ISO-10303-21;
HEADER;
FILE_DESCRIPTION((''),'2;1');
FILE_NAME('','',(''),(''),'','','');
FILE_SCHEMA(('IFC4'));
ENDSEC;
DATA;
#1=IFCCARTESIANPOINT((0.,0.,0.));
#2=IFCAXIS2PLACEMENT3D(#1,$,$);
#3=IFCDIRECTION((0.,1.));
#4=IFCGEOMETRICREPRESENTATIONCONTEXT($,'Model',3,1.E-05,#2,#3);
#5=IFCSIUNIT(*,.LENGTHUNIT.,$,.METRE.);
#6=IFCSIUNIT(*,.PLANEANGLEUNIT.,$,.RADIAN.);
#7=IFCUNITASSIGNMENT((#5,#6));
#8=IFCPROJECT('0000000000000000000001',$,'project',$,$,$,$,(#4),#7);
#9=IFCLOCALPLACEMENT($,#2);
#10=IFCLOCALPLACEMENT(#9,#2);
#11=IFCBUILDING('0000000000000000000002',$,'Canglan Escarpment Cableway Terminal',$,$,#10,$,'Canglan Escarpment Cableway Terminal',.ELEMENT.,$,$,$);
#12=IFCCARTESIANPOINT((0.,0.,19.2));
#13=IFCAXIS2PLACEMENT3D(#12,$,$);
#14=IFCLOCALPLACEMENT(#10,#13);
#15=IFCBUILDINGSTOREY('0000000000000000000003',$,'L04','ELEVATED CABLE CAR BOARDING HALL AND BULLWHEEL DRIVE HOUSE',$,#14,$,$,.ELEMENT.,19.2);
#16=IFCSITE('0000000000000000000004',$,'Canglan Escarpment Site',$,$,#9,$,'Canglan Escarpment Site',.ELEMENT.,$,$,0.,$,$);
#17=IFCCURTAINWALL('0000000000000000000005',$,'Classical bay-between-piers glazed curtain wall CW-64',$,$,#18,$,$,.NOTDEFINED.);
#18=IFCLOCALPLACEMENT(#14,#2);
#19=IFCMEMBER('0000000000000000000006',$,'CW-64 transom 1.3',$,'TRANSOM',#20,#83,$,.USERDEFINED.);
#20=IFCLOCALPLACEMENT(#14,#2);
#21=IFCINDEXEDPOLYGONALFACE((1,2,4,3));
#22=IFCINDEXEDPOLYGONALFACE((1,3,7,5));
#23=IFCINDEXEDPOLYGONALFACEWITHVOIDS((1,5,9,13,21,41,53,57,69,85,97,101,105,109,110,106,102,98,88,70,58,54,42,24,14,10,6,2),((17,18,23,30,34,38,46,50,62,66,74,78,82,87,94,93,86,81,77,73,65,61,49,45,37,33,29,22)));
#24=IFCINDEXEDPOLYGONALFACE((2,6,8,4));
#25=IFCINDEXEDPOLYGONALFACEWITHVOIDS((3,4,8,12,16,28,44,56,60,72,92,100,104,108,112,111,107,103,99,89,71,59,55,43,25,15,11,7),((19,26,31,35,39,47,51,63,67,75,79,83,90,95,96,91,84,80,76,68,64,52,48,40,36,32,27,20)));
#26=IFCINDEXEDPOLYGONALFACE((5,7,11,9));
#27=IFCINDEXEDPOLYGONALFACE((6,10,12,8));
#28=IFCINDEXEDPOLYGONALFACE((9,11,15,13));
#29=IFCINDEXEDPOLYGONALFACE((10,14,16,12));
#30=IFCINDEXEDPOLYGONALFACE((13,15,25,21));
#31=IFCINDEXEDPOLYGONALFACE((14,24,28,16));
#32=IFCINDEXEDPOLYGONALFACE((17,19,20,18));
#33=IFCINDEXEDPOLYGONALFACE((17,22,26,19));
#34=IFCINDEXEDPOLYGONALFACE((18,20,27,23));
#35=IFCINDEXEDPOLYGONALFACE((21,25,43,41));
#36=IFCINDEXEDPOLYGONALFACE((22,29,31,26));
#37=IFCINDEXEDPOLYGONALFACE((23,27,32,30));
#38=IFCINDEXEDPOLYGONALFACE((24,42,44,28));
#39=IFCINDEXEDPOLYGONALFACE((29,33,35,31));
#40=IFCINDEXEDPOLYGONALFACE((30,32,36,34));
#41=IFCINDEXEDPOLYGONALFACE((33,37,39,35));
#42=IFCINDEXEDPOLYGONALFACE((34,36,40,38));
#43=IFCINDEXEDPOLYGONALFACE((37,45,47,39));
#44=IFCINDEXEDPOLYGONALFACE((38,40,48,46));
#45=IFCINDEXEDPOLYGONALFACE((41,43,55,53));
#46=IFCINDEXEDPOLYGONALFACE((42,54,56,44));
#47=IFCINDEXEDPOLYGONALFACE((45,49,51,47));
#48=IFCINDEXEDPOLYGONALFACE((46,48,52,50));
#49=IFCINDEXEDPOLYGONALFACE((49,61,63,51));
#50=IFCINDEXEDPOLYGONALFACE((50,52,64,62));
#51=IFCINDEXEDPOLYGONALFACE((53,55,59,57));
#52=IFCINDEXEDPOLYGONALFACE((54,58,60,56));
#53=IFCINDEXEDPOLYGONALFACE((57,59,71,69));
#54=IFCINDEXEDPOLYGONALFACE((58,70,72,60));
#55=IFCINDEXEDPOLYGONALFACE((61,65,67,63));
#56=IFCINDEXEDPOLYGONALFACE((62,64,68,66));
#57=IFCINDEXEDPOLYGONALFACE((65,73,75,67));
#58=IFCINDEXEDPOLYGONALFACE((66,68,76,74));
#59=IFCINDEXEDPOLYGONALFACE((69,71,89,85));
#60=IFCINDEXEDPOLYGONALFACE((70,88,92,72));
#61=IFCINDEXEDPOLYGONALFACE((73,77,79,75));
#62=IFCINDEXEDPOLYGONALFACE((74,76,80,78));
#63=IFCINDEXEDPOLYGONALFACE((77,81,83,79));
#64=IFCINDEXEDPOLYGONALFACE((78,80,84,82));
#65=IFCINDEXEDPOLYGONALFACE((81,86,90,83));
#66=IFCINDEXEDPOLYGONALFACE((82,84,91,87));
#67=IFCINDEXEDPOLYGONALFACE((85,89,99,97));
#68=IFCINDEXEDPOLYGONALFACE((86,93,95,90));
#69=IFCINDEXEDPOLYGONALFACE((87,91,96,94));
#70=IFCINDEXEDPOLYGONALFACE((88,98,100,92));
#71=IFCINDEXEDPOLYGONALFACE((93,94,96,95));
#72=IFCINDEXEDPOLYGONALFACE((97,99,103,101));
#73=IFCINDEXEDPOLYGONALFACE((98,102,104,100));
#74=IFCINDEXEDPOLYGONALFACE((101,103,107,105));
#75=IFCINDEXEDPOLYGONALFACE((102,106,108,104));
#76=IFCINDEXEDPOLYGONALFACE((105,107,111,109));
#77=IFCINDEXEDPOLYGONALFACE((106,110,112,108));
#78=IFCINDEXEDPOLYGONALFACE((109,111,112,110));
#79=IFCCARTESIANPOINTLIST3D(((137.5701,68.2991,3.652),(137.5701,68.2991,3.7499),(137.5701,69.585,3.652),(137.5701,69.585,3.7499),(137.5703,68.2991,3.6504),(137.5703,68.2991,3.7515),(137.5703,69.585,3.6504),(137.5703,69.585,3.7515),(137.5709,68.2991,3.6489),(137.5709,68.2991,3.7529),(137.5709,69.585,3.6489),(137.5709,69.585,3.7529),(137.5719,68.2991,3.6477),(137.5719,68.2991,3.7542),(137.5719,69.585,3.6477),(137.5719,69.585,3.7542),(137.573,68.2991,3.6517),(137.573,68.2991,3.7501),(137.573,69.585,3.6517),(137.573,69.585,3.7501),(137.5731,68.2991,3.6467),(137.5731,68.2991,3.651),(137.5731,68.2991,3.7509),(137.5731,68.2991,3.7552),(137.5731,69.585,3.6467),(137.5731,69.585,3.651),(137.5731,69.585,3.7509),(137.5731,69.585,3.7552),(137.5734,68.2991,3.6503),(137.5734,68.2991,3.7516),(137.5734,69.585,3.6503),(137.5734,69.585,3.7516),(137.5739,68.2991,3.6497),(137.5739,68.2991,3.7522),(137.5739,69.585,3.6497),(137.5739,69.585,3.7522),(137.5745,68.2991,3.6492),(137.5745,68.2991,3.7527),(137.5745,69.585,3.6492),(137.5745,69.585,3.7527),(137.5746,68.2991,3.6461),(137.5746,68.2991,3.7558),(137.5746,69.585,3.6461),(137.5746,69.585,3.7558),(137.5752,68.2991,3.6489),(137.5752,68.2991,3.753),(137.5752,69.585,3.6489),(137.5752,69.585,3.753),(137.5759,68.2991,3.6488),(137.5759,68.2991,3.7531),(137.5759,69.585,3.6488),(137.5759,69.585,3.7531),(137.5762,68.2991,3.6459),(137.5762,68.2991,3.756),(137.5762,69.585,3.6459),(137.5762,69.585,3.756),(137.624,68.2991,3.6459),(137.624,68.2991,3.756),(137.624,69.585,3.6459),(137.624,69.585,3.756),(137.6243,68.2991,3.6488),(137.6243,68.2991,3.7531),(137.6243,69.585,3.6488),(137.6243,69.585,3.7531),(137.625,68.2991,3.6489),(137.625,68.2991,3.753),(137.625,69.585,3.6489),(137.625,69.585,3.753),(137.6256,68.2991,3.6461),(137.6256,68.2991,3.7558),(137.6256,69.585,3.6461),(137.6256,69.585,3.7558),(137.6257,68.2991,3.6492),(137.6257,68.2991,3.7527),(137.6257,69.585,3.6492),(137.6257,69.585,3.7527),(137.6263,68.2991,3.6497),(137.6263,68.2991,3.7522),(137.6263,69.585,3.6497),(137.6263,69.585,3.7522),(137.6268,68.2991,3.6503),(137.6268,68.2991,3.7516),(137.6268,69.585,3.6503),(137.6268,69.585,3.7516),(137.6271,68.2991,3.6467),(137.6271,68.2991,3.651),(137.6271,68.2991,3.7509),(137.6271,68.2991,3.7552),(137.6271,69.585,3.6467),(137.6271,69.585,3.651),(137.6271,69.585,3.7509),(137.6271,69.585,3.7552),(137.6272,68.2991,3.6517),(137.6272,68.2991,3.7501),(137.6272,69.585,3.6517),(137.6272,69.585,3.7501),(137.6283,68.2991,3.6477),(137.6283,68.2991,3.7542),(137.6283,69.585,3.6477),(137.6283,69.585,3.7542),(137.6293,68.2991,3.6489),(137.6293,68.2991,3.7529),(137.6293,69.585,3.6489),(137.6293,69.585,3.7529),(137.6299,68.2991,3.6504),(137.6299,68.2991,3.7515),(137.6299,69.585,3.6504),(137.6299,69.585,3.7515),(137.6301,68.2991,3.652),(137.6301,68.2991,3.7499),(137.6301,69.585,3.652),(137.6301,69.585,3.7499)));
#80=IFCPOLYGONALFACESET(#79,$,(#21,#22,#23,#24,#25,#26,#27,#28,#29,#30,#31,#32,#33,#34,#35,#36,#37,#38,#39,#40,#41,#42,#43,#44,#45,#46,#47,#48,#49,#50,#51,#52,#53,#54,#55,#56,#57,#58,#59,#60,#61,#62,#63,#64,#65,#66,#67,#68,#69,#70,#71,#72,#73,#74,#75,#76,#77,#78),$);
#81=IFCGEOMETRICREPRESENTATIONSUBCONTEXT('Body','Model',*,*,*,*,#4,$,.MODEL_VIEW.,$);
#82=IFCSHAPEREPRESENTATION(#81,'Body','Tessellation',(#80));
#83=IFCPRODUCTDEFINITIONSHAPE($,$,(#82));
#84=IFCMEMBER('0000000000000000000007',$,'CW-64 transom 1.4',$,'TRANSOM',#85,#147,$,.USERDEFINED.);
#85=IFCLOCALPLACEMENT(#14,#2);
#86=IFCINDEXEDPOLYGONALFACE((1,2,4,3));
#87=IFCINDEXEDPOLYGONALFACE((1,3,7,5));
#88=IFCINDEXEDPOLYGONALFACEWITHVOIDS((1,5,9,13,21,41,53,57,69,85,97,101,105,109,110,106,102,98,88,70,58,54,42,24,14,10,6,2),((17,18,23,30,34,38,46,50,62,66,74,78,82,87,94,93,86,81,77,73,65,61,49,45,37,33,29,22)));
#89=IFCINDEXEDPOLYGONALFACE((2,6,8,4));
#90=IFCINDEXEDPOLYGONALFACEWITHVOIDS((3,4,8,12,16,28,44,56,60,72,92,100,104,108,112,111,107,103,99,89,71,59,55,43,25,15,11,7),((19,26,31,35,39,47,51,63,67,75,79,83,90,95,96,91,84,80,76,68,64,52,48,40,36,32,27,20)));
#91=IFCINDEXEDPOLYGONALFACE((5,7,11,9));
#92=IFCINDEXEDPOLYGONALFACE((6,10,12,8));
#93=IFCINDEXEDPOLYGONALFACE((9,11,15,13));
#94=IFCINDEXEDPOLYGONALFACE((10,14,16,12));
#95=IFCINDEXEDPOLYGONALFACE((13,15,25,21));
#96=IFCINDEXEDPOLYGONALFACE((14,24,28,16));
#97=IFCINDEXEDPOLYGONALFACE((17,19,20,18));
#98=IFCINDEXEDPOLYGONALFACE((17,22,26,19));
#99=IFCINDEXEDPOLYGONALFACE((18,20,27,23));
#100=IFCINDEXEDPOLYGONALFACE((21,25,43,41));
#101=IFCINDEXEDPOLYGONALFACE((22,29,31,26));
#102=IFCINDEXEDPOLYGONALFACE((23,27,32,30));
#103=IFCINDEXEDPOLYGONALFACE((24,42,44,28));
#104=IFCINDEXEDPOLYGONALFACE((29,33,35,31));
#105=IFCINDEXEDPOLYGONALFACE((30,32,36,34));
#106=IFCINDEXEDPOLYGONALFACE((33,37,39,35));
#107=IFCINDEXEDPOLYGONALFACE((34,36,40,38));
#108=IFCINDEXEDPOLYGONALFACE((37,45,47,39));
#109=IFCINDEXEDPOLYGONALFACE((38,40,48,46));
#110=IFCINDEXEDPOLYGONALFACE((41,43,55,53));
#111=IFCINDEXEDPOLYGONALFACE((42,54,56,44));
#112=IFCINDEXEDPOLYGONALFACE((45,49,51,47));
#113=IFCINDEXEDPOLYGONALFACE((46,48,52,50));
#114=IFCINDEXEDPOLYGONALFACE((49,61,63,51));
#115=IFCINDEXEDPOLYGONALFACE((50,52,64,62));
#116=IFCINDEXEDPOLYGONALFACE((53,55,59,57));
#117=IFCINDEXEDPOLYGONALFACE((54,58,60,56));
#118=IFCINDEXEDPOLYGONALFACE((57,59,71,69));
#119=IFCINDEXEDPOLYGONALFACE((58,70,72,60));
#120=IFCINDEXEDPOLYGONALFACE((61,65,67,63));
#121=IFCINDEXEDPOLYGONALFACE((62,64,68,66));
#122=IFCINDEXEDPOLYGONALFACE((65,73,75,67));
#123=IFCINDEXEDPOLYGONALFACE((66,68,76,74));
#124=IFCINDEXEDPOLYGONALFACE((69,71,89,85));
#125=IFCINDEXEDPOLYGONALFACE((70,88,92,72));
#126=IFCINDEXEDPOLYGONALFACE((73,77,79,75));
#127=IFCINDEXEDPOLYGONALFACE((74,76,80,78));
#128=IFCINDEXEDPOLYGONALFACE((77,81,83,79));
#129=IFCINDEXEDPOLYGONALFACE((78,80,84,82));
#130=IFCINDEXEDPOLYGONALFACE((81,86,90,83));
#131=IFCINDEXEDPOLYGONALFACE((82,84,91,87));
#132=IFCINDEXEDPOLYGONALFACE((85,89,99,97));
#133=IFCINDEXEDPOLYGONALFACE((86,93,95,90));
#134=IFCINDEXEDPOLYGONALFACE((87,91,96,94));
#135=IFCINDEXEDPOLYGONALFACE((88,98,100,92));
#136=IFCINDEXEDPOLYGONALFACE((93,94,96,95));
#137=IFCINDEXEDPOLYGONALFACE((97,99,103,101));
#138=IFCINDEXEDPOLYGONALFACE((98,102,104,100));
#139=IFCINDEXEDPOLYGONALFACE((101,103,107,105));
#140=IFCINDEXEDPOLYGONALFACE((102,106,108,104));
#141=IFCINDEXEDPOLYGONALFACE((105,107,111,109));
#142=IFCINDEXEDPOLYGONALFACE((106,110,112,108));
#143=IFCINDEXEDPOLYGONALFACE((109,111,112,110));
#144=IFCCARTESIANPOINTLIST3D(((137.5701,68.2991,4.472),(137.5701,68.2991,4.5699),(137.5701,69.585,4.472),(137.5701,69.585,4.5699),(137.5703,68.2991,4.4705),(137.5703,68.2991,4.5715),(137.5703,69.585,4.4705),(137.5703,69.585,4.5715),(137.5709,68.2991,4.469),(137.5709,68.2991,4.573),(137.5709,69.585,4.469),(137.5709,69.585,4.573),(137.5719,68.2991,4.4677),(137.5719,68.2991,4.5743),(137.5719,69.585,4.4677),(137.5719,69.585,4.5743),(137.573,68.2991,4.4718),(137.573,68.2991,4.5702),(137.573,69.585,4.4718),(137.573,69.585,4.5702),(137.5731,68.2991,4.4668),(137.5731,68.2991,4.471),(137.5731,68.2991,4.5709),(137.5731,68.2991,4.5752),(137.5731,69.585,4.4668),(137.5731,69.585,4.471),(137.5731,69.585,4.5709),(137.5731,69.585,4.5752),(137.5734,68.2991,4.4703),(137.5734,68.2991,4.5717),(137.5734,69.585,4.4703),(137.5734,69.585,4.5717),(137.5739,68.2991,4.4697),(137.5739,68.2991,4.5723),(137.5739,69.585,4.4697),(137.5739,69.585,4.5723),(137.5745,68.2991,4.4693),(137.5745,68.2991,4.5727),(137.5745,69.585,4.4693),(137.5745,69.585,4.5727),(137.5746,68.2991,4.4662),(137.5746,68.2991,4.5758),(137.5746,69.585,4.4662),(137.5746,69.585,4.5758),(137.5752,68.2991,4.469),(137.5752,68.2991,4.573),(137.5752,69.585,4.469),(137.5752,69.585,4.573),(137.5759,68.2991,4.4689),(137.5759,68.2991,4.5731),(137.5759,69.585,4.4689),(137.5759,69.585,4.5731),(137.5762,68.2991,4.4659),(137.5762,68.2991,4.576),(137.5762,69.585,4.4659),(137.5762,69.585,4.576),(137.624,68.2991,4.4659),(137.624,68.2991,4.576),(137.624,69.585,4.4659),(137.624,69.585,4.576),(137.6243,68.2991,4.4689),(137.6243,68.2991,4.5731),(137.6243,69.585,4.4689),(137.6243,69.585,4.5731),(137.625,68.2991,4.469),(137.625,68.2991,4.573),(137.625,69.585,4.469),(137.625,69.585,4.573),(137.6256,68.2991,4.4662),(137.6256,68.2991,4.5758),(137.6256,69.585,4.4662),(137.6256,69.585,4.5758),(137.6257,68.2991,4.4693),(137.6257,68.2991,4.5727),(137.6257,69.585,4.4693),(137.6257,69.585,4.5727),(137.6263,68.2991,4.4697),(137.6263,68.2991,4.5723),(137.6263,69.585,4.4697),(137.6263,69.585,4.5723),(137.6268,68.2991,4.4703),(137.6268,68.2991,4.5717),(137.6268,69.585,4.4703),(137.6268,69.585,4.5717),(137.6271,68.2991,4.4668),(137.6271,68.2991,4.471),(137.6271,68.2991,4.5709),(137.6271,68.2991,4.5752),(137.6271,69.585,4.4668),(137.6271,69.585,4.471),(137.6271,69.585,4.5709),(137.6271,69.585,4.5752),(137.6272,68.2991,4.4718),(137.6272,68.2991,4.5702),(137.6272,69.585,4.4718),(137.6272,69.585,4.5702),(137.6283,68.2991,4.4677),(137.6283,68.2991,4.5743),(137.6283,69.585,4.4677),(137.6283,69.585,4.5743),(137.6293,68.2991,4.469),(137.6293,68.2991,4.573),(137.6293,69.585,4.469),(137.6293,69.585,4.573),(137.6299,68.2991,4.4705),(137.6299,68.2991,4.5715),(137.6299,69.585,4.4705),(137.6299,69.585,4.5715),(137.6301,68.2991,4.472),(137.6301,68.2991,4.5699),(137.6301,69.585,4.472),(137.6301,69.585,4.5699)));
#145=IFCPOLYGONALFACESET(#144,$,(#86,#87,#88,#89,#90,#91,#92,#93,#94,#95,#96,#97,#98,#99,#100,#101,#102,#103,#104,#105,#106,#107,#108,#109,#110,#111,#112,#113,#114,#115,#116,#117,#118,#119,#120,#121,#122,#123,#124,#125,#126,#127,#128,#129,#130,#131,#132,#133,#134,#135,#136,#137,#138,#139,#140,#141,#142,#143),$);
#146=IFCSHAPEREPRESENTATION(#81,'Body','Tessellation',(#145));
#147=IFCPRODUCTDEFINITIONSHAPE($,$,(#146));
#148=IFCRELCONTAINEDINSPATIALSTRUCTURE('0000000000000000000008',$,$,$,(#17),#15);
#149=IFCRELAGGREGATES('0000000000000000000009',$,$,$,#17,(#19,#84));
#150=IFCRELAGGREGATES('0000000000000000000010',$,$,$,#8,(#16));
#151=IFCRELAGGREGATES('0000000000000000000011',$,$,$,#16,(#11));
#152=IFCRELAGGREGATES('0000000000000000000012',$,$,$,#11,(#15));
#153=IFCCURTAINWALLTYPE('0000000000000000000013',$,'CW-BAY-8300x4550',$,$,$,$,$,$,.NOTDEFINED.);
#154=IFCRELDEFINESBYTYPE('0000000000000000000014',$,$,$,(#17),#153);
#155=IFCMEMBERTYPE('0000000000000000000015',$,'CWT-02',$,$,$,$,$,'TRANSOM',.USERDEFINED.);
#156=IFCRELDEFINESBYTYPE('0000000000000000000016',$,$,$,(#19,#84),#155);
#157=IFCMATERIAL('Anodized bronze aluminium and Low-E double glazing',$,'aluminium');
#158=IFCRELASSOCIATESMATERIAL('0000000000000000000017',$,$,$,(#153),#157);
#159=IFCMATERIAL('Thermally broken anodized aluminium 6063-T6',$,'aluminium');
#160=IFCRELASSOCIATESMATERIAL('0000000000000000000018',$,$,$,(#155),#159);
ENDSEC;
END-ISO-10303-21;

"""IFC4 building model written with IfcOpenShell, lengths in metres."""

from ifc_helpers import new_model, si_unit, direction, frame, origin, origin_2d, place, context, subcontext, project, spatial, hollow_rectangle, extrude, material, material_profile, profile_set, type_object, element, aggregate, save


model = new_model("IFC4")

# Units and contexts
model_context = context("Model", 3, precision=1e-05, world=origin(), true_north=direction((0.0, 1.0)))
body_context = subcontext(model_context, "Body", "Model", "MODEL_VIEW")
ifc_project = project(units=[si_unit("LENGTHUNIT", "METRE"), si_unit("PLANEANGLEUNIT", "RADIAN")], contexts=[model_context])

# Site, building, storey
site_placement = place(None, origin())
site = spatial("IfcSite", under=ifc_project, at=site_placement, Name="Canglan Escarpment Site", LongName="Canglan Escarpment Site", CompositionType="ELEMENT", RefElevation=0.0)
building_placement = place(site_placement, origin())
building = spatial("IfcBuilding", under=site, at=building_placement, Name="Canglan Escarpment Cableway Terminal", LongName="Canglan Escarpment Cableway Terminal", CompositionType="ELEMENT")
storey_placement = place(building_placement, frame((0.0, 0.0, 19.2)))
storey = spatial("IfcBuildingStorey", under=building, at=storey_placement, Name="L04", Description="ELEVATED CABLE CAR BOARDING HALL AND BULLWHEEL DRIVE HOUSE", CompositionType="ELEMENT", Elevation=19.2)

# Curtain wall
ifc_material_1 = material(Name="Anodized bronze aluminium and Low-E double glazing", Category="aluminium")
curtain_wall_type = type_object("IfcCurtainWallType", Name="CW-BAY-8300x4550", PredefinedType="NOTDEFINED", material=ifc_material_1)
curtain_wall_1_placement = place(storey_placement, origin())
curtain_wall_1 = element("IfcCurtainWall", 1, at=curtain_wall_1_placement, inside=storey, type_object=curtain_wall_type, Name="Classical bay-between-piers glazed curtain wall CW-64", PredefinedType="NOTDEFINED")
ifc_material_2 = material(Name="Thermally broken anodized aluminium 6063-T6", Category="aluminium")

# Members
ifc_material_profile_1 = material_profile(ifc_material_2, hollow_rectangle(XDim=0.0601, YDim=0.1101, WallThickness=0.0029, InnerFilletRadius=0.0029, OuterFilletRadius=0.0061, at=origin_2d()), Name="ALU-TRAN 60x110x3")
ifc_profile_set_1 = profile_set([ifc_material_profile_1], Name="Thermally broken anodized aluminium 6063-T6")
member_type_1 = type_object("IfcMemberType", Name="CWT-02", ElementType="TRANSOM", PredefinedType="USERDEFINED", material=ifc_profile_set_1)
member_1_placement = place(storey_placement, frame((137.6001, 69.585, 3.7009), z_axis=(0.0, -1.0, 0.0), x_axis=(1.0, 0.0, 0.0)))
member_1 = element("IfcMember", 2, at=member_1_placement, type_object=member_type_1, Name="CW-64 transom 1.3", ObjectType="TRANSOM", PredefinedType="USERDEFINED", context=body_context, shape_type="SweptSolid", body=[
    extrude(hollow_rectangle(XDim=0.0601, YDim=0.1101, WallThickness=0.0029, InnerFilletRadius=0.0029, OuterFilletRadius=0.0061, at=origin_2d()), origin(), (0.0, 0.0, 1.0), 1.2859),
])
member_2_placement = place(storey_placement, frame((137.6001, 69.585, 4.521), z_axis=(0.0, -1.0, 0.0), x_axis=(1.0, 0.0, 0.0)))
member_2 = element("IfcMember", 3, at=member_2_placement, type_object=member_type_1, Name="CW-64 transom 1.4", ObjectType="TRANSOM", PredefinedType="USERDEFINED", context=body_context, shape_type="SweptSolid", body=[
    extrude(hollow_rectangle(XDim=0.0601, YDim=0.1101, WallThickness=0.0029, InnerFilletRadius=0.0029, OuterFilletRadius=0.0061, at=origin_2d()), origin(), (0.0, 0.0, 1.0), 1.2859),
])

aggregate(curtain_wall_1, [member_1, member_2])

save(model, "model.ifc")
